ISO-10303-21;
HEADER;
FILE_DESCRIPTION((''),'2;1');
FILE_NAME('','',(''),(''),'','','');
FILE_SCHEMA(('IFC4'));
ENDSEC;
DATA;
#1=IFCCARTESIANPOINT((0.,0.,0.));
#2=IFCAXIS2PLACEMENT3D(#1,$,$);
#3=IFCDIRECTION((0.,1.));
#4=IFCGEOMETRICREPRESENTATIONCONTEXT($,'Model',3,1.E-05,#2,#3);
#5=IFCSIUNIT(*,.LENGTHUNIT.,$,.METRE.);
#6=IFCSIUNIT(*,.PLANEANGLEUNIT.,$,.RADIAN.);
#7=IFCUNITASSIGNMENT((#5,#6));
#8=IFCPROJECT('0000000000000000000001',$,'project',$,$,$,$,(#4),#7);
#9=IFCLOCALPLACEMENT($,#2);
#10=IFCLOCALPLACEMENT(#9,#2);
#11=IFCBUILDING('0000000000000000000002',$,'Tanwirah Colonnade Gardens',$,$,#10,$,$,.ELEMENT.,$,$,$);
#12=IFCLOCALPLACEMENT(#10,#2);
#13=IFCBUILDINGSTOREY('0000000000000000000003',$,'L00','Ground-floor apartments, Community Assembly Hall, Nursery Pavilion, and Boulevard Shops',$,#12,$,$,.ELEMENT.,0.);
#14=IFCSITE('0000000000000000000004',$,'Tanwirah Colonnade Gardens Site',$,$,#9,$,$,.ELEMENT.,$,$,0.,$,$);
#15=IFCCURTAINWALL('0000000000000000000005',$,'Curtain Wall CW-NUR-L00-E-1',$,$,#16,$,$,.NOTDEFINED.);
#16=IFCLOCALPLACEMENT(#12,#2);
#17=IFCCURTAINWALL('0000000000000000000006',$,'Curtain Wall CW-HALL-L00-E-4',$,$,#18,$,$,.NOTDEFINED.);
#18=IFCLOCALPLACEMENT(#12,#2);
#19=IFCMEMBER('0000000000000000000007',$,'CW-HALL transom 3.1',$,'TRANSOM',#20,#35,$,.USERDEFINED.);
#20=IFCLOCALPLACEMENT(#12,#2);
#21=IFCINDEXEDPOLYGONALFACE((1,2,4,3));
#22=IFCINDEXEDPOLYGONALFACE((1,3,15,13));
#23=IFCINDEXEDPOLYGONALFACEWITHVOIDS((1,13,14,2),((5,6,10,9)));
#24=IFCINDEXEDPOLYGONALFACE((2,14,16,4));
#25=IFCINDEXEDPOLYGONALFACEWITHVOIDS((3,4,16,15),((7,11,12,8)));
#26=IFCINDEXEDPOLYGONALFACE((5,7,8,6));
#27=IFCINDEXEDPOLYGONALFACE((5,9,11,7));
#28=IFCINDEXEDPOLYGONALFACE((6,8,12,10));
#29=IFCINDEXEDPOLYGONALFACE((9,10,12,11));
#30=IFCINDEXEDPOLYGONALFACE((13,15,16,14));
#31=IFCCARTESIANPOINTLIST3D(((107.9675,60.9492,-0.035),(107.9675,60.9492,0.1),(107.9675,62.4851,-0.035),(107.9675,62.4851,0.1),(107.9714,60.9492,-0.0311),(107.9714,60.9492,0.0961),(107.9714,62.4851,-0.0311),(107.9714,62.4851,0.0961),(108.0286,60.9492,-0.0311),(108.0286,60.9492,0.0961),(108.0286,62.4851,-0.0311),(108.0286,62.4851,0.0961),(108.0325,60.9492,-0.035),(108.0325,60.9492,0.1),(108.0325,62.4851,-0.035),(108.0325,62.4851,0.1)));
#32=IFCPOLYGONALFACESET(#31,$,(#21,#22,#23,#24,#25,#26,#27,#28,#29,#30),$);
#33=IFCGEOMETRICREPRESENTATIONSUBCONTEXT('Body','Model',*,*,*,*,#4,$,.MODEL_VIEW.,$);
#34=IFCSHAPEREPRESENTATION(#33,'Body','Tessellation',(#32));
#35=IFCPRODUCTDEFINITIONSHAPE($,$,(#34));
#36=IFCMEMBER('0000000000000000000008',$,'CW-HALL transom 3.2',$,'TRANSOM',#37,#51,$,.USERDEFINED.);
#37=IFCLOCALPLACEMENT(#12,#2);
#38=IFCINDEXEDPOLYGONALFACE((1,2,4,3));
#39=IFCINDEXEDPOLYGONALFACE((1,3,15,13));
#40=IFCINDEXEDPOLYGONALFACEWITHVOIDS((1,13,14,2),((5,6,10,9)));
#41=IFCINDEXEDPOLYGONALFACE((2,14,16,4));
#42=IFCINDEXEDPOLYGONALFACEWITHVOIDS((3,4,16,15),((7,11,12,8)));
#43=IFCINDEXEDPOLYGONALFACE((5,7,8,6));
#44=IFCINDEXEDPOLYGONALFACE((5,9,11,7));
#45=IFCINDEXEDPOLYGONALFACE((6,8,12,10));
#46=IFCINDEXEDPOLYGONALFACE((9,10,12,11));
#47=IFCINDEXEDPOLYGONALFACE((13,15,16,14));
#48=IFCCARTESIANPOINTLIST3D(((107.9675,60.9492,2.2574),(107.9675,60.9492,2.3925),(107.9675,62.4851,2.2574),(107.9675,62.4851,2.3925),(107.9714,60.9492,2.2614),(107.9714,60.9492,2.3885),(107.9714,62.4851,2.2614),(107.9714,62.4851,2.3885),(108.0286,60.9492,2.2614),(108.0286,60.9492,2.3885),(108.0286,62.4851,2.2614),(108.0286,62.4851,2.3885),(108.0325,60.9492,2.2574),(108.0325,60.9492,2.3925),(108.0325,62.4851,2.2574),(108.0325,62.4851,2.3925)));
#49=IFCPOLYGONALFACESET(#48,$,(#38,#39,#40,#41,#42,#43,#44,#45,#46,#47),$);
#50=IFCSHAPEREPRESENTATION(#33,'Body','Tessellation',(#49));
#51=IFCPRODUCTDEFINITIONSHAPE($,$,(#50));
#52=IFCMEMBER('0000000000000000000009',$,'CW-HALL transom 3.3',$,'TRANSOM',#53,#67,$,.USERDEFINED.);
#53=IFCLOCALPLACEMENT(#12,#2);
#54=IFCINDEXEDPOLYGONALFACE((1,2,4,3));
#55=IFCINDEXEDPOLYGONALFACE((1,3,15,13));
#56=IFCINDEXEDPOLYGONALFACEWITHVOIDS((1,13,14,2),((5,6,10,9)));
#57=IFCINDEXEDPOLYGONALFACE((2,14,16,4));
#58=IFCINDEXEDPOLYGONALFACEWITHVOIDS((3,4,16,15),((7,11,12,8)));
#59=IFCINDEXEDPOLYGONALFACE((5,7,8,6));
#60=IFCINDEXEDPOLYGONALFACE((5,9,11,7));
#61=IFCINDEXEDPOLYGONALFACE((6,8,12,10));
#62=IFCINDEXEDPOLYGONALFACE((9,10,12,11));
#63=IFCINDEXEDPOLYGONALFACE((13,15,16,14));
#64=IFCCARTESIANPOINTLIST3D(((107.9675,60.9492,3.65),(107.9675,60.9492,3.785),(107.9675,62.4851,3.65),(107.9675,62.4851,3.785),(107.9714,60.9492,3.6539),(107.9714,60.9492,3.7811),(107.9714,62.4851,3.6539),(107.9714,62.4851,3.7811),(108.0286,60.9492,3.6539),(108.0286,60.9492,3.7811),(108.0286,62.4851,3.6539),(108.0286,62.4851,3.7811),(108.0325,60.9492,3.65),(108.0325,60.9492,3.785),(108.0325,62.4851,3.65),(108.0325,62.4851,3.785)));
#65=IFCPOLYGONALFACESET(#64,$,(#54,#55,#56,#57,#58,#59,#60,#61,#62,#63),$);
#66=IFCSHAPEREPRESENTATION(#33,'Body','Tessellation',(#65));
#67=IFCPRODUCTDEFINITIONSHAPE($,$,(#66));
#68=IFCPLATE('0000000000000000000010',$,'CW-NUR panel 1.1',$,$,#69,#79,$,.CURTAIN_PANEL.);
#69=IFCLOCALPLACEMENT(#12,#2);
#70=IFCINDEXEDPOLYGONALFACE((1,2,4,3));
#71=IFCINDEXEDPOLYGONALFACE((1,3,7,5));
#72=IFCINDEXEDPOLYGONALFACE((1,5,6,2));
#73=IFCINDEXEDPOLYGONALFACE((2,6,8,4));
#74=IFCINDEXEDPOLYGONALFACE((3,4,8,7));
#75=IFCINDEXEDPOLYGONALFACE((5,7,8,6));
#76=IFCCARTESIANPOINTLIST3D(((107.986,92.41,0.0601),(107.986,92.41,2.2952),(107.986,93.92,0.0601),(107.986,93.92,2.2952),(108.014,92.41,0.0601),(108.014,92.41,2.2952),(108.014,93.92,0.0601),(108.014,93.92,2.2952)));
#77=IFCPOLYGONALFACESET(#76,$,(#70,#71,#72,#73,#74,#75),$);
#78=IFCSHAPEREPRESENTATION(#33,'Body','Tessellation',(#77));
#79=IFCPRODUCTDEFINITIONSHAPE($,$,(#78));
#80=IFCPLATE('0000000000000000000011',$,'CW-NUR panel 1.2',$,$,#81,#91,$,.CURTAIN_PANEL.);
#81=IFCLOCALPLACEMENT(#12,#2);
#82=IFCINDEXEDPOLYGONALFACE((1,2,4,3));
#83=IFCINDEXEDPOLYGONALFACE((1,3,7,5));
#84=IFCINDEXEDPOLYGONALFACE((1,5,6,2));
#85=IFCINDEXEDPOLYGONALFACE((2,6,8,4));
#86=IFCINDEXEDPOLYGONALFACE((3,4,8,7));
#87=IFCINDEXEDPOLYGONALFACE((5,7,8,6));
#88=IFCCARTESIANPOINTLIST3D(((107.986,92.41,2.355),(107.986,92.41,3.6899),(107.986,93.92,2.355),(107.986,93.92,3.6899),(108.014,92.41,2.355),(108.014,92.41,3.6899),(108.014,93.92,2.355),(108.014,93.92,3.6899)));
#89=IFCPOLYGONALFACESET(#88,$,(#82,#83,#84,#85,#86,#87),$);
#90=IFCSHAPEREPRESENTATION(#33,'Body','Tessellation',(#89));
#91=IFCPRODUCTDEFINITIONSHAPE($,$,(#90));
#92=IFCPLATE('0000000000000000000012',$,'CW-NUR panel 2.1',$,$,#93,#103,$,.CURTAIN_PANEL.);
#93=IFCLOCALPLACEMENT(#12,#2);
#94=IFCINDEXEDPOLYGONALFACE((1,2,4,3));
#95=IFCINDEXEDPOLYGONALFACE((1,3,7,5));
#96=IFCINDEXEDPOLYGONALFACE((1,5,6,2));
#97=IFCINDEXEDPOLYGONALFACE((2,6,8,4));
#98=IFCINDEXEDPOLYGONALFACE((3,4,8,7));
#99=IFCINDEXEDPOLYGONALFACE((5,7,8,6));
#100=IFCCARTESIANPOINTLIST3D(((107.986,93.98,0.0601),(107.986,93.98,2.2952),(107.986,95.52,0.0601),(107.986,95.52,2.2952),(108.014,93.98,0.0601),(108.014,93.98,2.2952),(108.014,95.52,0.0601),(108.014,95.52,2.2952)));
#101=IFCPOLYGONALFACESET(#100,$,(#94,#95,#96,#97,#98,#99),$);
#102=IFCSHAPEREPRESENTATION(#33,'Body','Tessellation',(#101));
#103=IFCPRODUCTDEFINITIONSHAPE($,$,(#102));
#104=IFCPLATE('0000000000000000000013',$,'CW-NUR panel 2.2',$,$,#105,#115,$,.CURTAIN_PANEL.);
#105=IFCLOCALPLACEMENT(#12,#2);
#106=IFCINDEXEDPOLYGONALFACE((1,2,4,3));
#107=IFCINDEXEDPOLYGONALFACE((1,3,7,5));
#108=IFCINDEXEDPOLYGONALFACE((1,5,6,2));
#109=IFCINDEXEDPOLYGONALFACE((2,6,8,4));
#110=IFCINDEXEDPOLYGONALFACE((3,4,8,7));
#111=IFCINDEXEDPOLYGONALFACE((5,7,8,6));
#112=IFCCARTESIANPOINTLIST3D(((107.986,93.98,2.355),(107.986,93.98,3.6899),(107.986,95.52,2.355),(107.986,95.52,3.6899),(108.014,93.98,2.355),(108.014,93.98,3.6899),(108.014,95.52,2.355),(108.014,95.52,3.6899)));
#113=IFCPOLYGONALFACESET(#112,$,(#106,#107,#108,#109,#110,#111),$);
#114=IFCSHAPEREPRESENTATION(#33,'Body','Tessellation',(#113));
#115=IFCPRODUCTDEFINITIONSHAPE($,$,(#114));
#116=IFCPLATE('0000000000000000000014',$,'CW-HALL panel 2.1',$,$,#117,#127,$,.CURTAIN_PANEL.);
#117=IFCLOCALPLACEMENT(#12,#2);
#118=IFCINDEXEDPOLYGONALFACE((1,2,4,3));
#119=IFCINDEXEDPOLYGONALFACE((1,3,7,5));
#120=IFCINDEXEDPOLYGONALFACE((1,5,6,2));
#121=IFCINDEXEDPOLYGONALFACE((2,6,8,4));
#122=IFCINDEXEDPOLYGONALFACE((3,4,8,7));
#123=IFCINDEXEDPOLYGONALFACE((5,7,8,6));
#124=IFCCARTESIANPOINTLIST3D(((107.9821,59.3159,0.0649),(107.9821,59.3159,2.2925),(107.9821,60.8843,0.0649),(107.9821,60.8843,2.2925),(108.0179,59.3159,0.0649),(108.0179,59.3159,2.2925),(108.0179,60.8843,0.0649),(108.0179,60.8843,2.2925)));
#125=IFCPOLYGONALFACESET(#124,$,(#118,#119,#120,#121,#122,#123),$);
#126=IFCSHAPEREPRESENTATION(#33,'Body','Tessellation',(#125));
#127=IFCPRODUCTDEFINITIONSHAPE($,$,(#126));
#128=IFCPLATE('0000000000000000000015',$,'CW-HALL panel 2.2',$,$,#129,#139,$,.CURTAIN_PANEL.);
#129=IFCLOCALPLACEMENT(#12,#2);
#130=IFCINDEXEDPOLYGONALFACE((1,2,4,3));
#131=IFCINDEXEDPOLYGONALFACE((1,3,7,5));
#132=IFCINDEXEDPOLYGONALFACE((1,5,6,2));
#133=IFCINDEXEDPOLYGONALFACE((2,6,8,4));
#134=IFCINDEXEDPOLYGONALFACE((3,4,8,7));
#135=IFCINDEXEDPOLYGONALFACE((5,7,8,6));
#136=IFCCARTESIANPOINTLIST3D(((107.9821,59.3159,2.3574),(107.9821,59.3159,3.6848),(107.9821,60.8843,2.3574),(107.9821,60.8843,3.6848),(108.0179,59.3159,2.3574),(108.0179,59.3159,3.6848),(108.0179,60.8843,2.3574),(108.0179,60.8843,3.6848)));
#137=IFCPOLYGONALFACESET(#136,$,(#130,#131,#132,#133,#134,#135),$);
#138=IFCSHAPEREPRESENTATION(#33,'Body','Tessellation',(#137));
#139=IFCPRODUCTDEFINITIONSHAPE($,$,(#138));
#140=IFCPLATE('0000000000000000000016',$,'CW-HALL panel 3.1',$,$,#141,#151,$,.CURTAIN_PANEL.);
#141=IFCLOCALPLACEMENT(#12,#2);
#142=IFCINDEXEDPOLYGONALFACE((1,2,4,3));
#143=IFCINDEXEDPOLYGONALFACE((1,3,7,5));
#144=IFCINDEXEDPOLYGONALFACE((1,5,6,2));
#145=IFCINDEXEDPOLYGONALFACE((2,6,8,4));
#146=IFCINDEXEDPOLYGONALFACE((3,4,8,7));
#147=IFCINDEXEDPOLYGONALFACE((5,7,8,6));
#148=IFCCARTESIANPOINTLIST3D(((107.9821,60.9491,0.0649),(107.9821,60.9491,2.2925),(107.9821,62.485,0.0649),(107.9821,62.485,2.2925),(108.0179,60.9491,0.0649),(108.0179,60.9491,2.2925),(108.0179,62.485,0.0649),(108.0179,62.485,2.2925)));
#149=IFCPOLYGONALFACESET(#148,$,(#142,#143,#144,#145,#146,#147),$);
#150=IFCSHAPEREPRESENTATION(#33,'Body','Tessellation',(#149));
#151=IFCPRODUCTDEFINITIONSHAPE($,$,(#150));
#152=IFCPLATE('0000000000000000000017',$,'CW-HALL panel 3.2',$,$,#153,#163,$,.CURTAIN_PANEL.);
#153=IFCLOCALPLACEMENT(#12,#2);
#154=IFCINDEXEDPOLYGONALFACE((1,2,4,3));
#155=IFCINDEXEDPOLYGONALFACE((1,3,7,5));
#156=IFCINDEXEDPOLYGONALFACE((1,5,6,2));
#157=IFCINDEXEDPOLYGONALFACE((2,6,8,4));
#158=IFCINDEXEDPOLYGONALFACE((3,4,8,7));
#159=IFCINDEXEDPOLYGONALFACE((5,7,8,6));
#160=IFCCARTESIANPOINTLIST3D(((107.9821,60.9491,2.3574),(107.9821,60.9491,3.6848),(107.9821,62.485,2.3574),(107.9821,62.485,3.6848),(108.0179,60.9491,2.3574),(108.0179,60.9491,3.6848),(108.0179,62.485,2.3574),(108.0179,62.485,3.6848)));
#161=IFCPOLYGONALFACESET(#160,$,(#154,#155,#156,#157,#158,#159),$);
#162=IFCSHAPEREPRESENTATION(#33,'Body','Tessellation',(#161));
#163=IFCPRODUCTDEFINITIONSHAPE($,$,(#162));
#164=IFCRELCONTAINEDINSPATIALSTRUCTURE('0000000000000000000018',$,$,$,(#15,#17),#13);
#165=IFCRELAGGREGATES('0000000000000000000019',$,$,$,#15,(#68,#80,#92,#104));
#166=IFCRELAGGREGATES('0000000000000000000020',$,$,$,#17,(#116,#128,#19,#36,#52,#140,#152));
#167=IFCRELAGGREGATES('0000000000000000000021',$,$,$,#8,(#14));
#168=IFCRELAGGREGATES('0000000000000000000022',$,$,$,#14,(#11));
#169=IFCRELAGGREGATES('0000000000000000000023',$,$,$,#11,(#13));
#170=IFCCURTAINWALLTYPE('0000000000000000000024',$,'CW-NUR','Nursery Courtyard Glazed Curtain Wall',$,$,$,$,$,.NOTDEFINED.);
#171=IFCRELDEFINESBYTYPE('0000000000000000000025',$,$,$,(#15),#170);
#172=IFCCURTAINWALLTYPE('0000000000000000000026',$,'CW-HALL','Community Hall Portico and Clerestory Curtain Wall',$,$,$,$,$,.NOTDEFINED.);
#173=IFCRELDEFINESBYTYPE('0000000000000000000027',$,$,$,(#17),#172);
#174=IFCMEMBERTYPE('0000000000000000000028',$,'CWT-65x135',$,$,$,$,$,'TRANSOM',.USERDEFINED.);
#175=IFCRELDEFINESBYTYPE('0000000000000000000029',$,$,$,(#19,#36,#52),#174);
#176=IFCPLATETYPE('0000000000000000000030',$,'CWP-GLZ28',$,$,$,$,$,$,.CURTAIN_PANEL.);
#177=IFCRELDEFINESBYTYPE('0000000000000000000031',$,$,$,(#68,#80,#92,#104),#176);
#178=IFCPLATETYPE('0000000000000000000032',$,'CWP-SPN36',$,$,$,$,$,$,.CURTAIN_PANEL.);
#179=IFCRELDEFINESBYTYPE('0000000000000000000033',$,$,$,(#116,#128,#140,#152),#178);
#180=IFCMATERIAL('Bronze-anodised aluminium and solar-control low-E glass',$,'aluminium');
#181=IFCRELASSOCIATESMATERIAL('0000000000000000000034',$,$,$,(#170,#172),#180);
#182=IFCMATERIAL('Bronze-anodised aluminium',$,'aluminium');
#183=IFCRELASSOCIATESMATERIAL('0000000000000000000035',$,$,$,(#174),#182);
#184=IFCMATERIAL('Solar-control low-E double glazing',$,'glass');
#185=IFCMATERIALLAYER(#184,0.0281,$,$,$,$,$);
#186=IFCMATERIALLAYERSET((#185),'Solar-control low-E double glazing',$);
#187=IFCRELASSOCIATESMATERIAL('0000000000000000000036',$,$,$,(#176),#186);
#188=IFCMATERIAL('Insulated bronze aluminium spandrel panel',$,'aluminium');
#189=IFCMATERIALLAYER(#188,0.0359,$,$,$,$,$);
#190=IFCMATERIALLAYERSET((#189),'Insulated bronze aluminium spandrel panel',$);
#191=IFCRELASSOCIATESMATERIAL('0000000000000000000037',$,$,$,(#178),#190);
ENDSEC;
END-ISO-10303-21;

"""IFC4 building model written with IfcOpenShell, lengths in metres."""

from ifc_helpers import new_model, si_unit, direction, frame, origin, origin_2d, place, context, subcontext, project, spatial, rectangle, hollow_rectangle, extrude, material, layer, layer_set, material_profile, profile_set, type_object, element, aggregate, save


model = new_model("IFC4")

# Units and contexts
model_context = context("Model", 3, precision=1e-05, world=origin(), true_north=direction((0.0, 1.0)))
body_context = subcontext(model_context, "Body", "Model", "MODEL_VIEW")
ifc_project = project(units=[si_unit("LENGTHUNIT", "METRE"), si_unit("PLANEANGLEUNIT", "RADIAN")], contexts=[model_context])

# Site, building, storey
site_placement = place(None, origin())
site = spatial("IfcSite", under=ifc_project, at=site_placement, Name="Tanwirah Colonnade Gardens Site", CompositionType="ELEMENT", RefElevation=0.0)
building_placement = place(site_placement, origin())
building = spatial("IfcBuilding", under=site, at=building_placement, Name="Tanwirah Colonnade Gardens", CompositionType="ELEMENT")
storey_placement = place(building_placement, origin())
storey = spatial("IfcBuildingStorey", under=building, at=storey_placement, Name="L00", Description="Ground-floor apartments, Community Assembly Hall, Nursery Pavilion, and Boulevard Shops", CompositionType="ELEMENT", Elevation=0.0)

# Curtain walls
ifc_material_1 = material(Name="Bronze-anodised aluminium and solar-control low-E glass", Category="aluminium")
curtain_wall_type_1 = type_object("IfcCurtainWallType", Name="CW-NUR", Description="Nursery Courtyard Glazed Curtain Wall", PredefinedType="NOTDEFINED", material=ifc_material_1)
curtain_wall_1_placement = place(storey_placement, origin())
curtain_wall_1 = element("IfcCurtainWall", 1, at=curtain_wall_1_placement, inside=storey, type_object=curtain_wall_type_1, Name="Curtain Wall CW-NUR-L00-E-1", PredefinedType="NOTDEFINED")
ifc_material_2 = material(Name="Bronze-anodised aluminium", Category="aluminium")
curtain_wall_type_2 = type_object("IfcCurtainWallType", Name="CW-HALL", Description="Community Hall Portico and Clerestory Curtain Wall", PredefinedType="NOTDEFINED", material=ifc_material_1)
curtain_wall_2_placement = place(storey_placement, origin())
curtain_wall_2 = element("IfcCurtainWall", 2, at=curtain_wall_2_placement, inside=storey, type_object=curtain_wall_type_2, Name="Curtain Wall CW-HALL-L00-E-4", PredefinedType="NOTDEFINED")

# Members
ifc_material_profile_1 = material_profile(ifc_material_2, hollow_rectangle(XDim=0.0649, YDim=0.135, WallThickness=0.0039, at=origin_2d()), Name="CW-TRN 65x135x4")
ifc_profile_set_1 = profile_set([ifc_material_profile_1], Name="Bronze-anodised aluminium")
member_type_1 = type_object("IfcMemberType", Name="CWT-65x135", ElementType="TRANSOM", PredefinedType="USERDEFINED", material=ifc_profile_set_1)
member_1_placement = place(storey_placement, frame((108.0, 60.9492, 0.0325), z_axis=(0.0, 1.0, 0.0), x_axis=(-1.0, 0.0, 0.0)))
member_1 = element("IfcMember", 3, at=member_1_placement, type_object=member_type_1, Name="CW-HALL transom 3.1", ObjectType="TRANSOM", PredefinedType="USERDEFINED", context=body_context, shape_type="SweptSolid", body=[
    extrude(hollow_rectangle(XDim=0.0649, YDim=0.135, WallThickness=0.0039, at=origin_2d()), origin(), (0.0, 0.0, 1.0), 1.5359),
])
member_2_placement = place(storey_placement, frame((108.0, 60.9492, 2.325), z_axis=(0.0, 1.0, 0.0), x_axis=(-1.0, 0.0, 0.0)))
member_2 = element("IfcMember", 4, at=member_2_placement, type_object=member_type_1, Name="CW-HALL transom 3.2", ObjectType="TRANSOM", PredefinedType="USERDEFINED", context=body_context, shape_type="SweptSolid", body=[
    extrude(hollow_rectangle(XDim=0.0649, YDim=0.135, WallThickness=0.0039, at=origin_2d()), origin(), (0.0, 0.0, 1.0), 1.5359),
])
member_3_placement = place(storey_placement, frame((108.0, 60.9492, 3.7175), z_axis=(0.0, 1.0, 0.0), x_axis=(-1.0, 0.0, 0.0)))
member_3 = element("IfcMember", 5, at=member_3_placement, type_object=member_type_1, Name="CW-HALL transom 3.3", ObjectType="TRANSOM", PredefinedType="USERDEFINED", context=body_context, shape_type="SweptSolid", body=[
    extrude(hollow_rectangle(XDim=0.0649, YDim=0.135, WallThickness=0.0039, at=origin_2d()), origin(), (0.0, 0.0, 1.0), 1.5359),
])

# Plates
ifc_material_3 = material(Name="Solar-control low-E double glazing", Category="glass")
ifc_layer_1 = layer(ifc_material_3, 0.0281)
ifc_layer_set_1 = layer_set([ifc_layer_1], Name="Solar-control low-E double glazing")
plate_type_1 = type_object("IfcPlateType", Name="CWP-GLZ28", PredefinedType="CURTAIN_PANEL", material=ifc_layer_set_1)
plate_1_placement = place(storey_placement, frame((108.0, 93.165, 0.0601), z_axis=(0.0, 0.0, 1.0), x_axis=(0.0, 1.0, 0.0)))
plate_1 = element("IfcPlate", 6, at=plate_1_placement, type_object=plate_type_1, Name="CW-NUR panel 1.1", PredefinedType="CURTAIN_PANEL", context=body_context, shape_type="SweptSolid", body=[
    extrude(rectangle(XDim=1.51, YDim=0.0281, at=origin_2d()), origin(), (0.0, 0.0, 1.0), 2.2351),
])
plate_2_placement = place(storey_placement, frame((108.0, 93.165, 2.355), z_axis=(0.0, 0.0, 1.0), x_axis=(0.0, 1.0, 0.0)))
plate_2 = element("IfcPlate", 7, at=plate_2_placement, type_object=plate_type_1, Name="CW-NUR panel 1.2", PredefinedType="CURTAIN_PANEL", context=body_context, shape_type="SweptSolid", body=[
    extrude(rectangle(XDim=1.51, YDim=0.0281, at=origin_2d()), origin(), (0.0, 0.0, 1.0), 1.335),
])
plate_3_placement = place(storey_placement, frame((108.0, 94.75, 0.0601), z_axis=(0.0, 0.0, 1.0), x_axis=(0.0, 1.0, 0.0)))
plate_3 = element("IfcPlate", 8, at=plate_3_placement, type_object=plate_type_1, Name="CW-NUR panel 2.1", PredefinedType="CURTAIN_PANEL", context=body_context, shape_type="SweptSolid", body=[
    extrude(rectangle(XDim=1.54, YDim=0.0281, at=origin_2d()), origin(), (0.0, 0.0, 1.0), 2.2351),
])
plate_4_placement = place(storey_placement, frame((108.0, 94.75, 2.355), z_axis=(0.0, 0.0, 1.0), x_axis=(0.0, 1.0, 0.0)))
plate_4 = element("IfcPlate", 9, at=plate_4_placement, type_object=plate_type_1, Name="CW-NUR panel 2.2", PredefinedType="CURTAIN_PANEL", context=body_context, shape_type="SweptSolid", body=[
    extrude(rectangle(XDim=1.54, YDim=0.0281, at=origin_2d()), origin(), (0.0, 0.0, 1.0), 1.335),
])
aggregate(curtain_wall_1, [plate_1, plate_2, plate_3, plate_4])
ifc_material_4 = material(Name="Insulated bronze aluminium spandrel panel", Category="aluminium")
ifc_layer_2 = layer(ifc_material_4, 0.0359)
ifc_layer_set_2 = layer_set([ifc_layer_2], Name="Insulated bronze aluminium spandrel panel")
plate_type_2 = type_object("IfcPlateType", Name="CWP-SPN36", PredefinedType="CURTAIN_PANEL", material=ifc_layer_set_2)
plate_5_placement = place(storey_placement, frame((108.0, 60.1001, 0.0649), z_axis=(0.0, 0.0, 1.0), x_axis=(0.0, 1.0, 0.0)))
plate_5 = element("IfcPlate", 10, at=plate_5_placement, type_object=plate_type_2, Name="CW-HALL panel 2.1", PredefinedType="CURTAIN_PANEL", context=body_context, shape_type="SweptSolid", body=[
    extrude(rectangle(XDim=1.5684, YDim=0.0359, at=origin_2d()), origin(), (0.0, 0.0, 1.0), 2.2275),
])
plate_6_placement = place(storey_placement, frame((108.0, 60.1001, 2.3574), z_axis=(0.0, 0.0, 1.0), x_axis=(0.0, 1.0, 0.0)))
plate_6 = element("IfcPlate", 11, at=plate_6_placement, type_object=plate_type_2, Name="CW-HALL panel 2.2", PredefinedType="CURTAIN_PANEL", context=body_context, shape_type="SweptSolid", body=[
    extrude(rectangle(XDim=1.5684, YDim=0.0359, at=origin_2d()), origin(), (0.0, 0.0, 1.0), 1.3274),
])
plate_7_placement = place(storey_placement, frame((108.0, 61.717, 0.0649), z_axis=(0.0, 0.0, 1.0), x_axis=(0.0, 1.0, 0.0)))
plate_7 = element("IfcPlate", 12, at=plate_7_placement, type_object=plate_type_2, Name="CW-HALL panel 3.1", PredefinedType="CURTAIN_PANEL", context=body_context, shape_type="SweptSolid", body=[
    extrude(rectangle(XDim=1.5359, YDim=0.0359, at=origin_2d()), origin(), (0.0, 0.0, 1.0), 2.2275),
])
plate_8_placement = place(storey_placement, frame((108.0, 61.717, 2.3574), z_axis=(0.0, 0.0, 1.0), x_axis=(0.0, 1.0, 0.0)))
plate_8 = element("IfcPlate", 13, at=plate_8_placement, type_object=plate_type_2, Name="CW-HALL panel 3.2", PredefinedType="CURTAIN_PANEL", context=body_context, shape_type="SweptSolid", body=[
    extrude(rectangle(XDim=1.5359, YDim=0.0359, at=origin_2d()), origin(), (0.0, 0.0, 1.0), 1.3274),
])
aggregate(curtain_wall_2, [plate_5, plate_6, member_1, member_2, member_3, plate_7, plate_8])

save(model, "model.ifc")
